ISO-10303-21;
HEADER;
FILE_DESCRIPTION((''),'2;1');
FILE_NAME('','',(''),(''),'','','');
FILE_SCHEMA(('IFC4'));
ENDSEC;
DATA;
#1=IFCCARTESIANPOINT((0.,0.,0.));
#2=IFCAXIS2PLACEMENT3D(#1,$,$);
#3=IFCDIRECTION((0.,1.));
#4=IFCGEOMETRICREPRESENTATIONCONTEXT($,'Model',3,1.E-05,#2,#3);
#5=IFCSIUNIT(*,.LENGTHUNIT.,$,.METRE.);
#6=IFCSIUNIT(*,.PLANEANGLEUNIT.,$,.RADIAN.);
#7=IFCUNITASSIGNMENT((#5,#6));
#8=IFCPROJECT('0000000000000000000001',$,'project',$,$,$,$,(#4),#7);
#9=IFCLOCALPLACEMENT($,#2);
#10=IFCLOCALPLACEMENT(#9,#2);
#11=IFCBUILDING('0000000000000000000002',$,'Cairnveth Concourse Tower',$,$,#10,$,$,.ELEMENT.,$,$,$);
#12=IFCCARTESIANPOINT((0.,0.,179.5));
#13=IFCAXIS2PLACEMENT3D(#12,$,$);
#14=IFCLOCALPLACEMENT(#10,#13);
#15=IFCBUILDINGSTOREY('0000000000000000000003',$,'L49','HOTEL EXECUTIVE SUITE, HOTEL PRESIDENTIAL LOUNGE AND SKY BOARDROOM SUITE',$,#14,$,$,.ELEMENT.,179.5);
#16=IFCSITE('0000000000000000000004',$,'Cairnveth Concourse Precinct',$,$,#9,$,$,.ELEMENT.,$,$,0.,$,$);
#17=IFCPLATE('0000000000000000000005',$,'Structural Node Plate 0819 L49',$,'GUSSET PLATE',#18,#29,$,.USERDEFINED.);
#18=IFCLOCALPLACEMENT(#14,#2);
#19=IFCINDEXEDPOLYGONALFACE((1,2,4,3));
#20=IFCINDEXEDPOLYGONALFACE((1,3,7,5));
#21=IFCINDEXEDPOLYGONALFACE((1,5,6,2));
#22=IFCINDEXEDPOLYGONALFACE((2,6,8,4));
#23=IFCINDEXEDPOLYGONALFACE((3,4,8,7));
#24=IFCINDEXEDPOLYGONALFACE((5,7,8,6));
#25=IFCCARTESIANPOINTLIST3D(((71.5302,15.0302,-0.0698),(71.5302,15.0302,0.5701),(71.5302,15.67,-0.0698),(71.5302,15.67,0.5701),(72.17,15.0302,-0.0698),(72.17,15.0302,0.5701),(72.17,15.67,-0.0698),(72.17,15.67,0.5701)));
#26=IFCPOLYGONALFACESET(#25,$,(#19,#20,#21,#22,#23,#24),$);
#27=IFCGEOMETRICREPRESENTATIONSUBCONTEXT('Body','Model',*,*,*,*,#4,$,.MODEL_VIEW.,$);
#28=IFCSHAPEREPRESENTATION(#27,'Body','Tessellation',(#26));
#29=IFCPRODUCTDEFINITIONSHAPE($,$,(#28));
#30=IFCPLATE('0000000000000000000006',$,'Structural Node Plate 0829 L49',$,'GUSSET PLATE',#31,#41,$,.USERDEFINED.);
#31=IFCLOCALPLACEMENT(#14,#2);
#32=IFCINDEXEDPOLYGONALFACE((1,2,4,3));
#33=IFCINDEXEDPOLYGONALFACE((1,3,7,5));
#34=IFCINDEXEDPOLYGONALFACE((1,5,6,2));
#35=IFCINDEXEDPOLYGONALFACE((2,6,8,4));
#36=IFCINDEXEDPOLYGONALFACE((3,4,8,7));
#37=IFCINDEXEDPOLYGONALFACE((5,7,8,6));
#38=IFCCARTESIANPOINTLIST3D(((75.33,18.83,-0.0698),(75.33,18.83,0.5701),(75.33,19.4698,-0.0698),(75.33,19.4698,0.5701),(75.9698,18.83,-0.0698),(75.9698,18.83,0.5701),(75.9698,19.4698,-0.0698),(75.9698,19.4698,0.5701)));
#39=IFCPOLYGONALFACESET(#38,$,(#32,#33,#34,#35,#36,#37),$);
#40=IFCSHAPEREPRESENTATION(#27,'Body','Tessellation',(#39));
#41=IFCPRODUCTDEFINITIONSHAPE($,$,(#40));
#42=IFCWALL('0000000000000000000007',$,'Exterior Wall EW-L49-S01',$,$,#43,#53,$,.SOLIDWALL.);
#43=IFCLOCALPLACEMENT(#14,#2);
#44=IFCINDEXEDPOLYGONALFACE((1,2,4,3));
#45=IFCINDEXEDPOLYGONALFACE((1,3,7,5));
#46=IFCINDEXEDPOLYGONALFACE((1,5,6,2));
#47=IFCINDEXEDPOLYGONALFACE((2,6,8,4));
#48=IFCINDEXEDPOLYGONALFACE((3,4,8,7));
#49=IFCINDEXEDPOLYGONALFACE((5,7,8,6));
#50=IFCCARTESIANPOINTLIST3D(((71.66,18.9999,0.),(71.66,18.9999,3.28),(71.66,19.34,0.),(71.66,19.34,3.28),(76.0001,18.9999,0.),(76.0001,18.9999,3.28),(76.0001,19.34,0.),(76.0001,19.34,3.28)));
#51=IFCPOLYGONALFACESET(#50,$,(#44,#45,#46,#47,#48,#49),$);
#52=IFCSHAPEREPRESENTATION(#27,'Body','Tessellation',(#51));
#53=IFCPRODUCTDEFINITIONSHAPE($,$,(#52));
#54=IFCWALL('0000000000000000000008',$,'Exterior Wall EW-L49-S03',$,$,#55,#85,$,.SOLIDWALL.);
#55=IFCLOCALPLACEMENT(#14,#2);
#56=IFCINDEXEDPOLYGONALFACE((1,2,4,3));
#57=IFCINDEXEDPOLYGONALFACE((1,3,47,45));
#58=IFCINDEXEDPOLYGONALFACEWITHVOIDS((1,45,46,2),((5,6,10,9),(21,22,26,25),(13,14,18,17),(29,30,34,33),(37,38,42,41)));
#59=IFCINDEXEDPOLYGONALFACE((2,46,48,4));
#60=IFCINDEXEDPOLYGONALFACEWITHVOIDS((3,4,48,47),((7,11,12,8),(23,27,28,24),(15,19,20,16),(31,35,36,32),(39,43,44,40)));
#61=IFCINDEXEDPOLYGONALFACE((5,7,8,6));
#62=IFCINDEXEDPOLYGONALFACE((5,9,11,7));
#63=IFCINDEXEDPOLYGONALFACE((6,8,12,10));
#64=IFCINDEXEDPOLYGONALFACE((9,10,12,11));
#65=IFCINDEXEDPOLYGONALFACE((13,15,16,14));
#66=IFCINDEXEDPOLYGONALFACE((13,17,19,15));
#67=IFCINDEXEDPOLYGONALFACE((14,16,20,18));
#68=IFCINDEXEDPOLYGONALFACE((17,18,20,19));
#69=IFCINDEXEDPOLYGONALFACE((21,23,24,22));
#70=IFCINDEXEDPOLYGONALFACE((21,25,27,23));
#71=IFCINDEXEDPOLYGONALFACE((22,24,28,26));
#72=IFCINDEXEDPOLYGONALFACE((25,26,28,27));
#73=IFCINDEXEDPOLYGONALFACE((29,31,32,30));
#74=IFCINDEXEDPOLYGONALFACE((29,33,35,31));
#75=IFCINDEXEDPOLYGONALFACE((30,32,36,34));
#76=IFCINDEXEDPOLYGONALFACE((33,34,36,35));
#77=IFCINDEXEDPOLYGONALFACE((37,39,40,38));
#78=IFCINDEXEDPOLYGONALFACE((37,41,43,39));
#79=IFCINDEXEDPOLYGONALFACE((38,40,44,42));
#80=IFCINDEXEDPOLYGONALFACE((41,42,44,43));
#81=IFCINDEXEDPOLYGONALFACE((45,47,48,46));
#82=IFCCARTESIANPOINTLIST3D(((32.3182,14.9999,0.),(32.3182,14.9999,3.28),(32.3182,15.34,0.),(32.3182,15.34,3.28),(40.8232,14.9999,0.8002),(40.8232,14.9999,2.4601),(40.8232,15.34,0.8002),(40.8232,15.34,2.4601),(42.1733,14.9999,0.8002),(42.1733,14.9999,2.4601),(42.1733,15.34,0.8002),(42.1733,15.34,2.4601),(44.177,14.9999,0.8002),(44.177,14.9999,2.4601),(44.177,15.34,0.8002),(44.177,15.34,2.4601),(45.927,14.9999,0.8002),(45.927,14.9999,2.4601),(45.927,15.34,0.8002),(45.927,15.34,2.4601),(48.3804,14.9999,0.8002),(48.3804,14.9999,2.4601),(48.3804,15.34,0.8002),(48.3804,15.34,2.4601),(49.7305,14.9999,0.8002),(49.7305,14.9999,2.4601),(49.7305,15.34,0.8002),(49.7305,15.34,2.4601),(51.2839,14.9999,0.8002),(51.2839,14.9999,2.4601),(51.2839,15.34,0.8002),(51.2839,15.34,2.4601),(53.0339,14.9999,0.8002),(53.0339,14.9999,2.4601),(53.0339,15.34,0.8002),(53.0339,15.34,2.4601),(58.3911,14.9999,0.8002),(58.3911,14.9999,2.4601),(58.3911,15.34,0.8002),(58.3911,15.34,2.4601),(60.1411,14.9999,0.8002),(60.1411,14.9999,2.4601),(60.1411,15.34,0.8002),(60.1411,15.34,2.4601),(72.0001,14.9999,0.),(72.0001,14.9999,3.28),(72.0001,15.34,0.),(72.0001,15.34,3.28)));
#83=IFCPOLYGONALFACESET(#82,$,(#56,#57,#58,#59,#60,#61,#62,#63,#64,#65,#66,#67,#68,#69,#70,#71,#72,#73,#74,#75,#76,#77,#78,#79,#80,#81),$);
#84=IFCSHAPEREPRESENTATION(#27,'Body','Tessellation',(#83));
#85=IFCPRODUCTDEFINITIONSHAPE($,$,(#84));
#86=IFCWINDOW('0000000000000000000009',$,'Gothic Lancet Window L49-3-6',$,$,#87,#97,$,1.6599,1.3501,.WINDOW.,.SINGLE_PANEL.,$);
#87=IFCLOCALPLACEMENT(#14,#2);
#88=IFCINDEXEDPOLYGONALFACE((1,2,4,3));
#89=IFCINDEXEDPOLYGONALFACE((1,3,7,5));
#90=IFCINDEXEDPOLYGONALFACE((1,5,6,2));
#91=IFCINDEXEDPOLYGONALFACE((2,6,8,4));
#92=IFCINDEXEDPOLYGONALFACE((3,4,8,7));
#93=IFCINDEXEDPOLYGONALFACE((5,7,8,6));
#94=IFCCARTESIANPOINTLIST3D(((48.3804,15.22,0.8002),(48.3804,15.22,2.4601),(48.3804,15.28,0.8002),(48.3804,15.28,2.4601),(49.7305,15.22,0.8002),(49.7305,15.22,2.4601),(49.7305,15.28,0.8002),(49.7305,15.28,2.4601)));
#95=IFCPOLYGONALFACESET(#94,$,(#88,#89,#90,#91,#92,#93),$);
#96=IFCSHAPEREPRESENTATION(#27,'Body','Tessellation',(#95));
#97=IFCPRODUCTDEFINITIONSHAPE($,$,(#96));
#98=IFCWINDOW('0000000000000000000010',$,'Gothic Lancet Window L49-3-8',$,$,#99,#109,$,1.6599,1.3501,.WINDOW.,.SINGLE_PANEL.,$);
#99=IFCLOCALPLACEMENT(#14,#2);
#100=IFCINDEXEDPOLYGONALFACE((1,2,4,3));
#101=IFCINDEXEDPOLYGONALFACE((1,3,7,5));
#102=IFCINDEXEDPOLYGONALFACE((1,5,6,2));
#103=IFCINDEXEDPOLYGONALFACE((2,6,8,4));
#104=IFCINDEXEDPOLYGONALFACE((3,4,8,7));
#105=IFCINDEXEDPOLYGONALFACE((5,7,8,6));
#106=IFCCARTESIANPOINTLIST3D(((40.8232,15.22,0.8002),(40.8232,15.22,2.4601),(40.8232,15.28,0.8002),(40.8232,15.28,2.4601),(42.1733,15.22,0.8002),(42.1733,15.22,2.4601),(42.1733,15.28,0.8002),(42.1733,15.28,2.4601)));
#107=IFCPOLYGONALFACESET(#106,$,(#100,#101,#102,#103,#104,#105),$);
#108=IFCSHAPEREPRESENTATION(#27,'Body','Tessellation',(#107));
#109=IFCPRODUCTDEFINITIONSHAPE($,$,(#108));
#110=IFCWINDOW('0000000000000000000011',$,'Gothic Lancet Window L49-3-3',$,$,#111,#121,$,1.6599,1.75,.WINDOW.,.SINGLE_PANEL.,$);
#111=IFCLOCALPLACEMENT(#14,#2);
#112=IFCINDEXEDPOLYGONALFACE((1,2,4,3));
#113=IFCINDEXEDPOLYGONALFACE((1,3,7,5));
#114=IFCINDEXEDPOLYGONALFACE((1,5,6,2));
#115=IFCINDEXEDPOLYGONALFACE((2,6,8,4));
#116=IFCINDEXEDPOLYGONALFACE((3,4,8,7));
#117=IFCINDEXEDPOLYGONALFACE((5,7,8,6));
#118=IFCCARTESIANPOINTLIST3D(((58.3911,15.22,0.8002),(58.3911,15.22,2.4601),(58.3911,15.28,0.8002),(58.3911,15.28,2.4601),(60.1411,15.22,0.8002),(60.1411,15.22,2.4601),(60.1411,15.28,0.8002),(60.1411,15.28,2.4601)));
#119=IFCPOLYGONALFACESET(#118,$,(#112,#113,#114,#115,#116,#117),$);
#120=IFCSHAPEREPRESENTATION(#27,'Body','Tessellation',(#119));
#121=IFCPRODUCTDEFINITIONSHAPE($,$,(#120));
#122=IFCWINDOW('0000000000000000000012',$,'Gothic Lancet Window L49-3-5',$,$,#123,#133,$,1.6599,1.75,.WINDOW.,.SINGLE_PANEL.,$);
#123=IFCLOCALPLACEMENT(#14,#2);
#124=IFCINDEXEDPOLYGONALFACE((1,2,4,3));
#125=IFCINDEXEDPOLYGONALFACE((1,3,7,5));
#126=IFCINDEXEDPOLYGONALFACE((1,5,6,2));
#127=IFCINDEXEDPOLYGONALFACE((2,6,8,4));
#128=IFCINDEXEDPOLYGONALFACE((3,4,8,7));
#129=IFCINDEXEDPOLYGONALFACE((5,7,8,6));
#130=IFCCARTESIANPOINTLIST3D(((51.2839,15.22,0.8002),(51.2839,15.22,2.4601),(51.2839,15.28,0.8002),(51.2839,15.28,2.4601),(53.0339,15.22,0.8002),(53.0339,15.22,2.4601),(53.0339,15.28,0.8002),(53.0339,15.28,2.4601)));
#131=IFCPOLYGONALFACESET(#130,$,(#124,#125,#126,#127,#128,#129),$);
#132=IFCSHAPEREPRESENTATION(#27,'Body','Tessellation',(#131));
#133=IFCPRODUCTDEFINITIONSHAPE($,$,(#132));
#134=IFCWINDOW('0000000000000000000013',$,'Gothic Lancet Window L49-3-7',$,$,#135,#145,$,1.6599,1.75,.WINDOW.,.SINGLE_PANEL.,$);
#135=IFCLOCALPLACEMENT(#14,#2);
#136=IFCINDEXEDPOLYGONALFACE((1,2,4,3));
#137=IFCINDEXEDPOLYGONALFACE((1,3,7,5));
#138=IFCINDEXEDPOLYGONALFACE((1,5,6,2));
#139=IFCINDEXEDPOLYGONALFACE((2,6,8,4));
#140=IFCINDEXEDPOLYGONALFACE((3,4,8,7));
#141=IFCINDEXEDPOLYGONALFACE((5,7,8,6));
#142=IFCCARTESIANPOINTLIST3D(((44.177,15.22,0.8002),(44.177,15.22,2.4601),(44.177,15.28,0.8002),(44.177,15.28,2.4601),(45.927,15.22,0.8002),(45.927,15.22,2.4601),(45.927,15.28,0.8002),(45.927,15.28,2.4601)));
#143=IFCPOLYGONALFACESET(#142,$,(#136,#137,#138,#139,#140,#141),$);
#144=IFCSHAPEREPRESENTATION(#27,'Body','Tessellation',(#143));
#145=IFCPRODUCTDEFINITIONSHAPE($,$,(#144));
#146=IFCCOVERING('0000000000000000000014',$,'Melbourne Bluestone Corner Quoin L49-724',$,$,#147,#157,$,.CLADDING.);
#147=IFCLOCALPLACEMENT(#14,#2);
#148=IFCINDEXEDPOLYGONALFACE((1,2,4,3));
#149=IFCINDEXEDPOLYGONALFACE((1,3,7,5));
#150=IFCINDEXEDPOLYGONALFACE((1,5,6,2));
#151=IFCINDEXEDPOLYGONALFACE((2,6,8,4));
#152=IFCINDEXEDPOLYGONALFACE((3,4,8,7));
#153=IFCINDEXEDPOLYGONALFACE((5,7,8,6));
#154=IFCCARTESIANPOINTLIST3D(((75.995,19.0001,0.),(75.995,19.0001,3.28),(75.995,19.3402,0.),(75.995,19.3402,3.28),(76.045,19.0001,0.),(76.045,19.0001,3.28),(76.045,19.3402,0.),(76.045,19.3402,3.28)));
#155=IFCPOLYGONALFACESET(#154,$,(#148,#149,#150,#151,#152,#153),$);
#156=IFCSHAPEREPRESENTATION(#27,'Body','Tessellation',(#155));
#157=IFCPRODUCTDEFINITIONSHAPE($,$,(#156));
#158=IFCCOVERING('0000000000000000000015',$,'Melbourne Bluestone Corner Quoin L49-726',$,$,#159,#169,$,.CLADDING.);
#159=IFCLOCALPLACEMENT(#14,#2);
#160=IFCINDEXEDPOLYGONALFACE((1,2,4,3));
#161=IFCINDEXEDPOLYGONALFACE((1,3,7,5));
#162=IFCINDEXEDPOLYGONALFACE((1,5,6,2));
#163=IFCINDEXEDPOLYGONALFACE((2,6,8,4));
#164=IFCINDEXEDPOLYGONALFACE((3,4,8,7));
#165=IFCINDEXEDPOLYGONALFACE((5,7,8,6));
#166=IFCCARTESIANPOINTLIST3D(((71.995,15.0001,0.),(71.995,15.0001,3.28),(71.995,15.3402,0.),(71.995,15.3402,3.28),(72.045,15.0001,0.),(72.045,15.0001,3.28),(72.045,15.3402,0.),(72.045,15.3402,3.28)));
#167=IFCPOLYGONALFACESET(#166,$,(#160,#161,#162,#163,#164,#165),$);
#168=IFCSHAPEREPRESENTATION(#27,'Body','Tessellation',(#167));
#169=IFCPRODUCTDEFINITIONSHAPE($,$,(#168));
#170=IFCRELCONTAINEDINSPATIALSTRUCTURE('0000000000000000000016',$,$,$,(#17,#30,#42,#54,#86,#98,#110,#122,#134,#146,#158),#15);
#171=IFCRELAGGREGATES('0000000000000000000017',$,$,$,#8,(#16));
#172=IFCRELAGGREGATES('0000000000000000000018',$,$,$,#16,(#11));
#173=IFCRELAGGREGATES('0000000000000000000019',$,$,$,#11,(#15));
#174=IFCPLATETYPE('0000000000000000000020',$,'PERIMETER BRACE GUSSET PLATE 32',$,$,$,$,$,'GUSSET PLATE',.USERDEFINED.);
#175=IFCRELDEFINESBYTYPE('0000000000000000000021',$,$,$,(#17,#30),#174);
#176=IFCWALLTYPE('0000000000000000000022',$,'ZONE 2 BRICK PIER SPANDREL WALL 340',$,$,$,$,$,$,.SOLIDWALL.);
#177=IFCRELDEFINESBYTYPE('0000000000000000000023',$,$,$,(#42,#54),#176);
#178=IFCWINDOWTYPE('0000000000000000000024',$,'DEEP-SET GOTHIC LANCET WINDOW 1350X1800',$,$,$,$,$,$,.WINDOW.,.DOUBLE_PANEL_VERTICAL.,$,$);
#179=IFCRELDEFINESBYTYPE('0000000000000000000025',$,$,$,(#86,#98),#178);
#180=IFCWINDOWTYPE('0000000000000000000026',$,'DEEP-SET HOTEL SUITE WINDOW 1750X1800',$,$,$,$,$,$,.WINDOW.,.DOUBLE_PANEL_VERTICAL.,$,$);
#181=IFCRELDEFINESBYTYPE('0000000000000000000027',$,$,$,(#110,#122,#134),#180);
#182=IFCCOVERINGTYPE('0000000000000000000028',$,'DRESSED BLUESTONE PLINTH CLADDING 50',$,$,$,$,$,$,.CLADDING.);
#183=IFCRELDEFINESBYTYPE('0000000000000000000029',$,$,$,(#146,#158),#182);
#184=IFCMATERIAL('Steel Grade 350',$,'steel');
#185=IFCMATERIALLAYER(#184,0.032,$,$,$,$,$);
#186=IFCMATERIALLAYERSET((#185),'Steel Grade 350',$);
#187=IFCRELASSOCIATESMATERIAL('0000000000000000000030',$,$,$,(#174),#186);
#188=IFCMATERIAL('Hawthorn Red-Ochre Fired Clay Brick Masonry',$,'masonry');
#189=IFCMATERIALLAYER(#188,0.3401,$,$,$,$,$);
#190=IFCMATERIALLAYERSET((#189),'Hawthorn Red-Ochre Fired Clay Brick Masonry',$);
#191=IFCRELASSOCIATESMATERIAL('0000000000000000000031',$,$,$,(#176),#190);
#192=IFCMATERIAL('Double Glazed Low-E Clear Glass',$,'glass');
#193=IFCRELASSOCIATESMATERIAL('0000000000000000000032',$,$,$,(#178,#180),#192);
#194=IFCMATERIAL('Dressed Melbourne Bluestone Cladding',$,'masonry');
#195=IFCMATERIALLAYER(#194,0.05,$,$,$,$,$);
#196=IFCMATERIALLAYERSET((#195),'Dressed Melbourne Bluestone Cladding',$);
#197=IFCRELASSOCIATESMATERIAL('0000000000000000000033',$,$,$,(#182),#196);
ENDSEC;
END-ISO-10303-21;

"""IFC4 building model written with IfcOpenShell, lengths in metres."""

from ifc_helpers import new_model, si_unit, direction, frame, frame_2d, origin, origin_2d, place, context, subcontext, project, spatial, rectangle, extrude, material, layer, layer_set, type_object, element, fill, save


model = new_model("IFC4")

# Units and contexts
model_context = context("Model", 3, precision=1e-05, world=origin(), true_north=direction((0.0, 1.0)))
body_context = subcontext(model_context, "Body", "Model", "MODEL_VIEW")
ifc_project = project(units=[si_unit("LENGTHUNIT", "METRE"), si_unit("PLANEANGLEUNIT", "RADIAN")], contexts=[model_context])

# Site, building, storey
site_placement = place(None, origin())
site = spatial("IfcSite", under=ifc_project, at=site_placement, Name="Cairnveth Concourse Precinct", CompositionType="ELEMENT", RefElevation=0.0)
building_placement = place(site_placement, origin())
building = spatial("IfcBuilding", under=site, at=building_placement, Name="Cairnveth Concourse Tower", CompositionType="ELEMENT")
storey_placement = place(building_placement, frame((0.0, 0.0, 179.5)))
storey = spatial("IfcBuildingStorey", under=building, at=storey_placement, Name="L49", Description="HOTEL EXECUTIVE SUITE, HOTEL PRESIDENTIAL LOUNGE AND SKY BOARDROOM SUITE", CompositionType="ELEMENT", Elevation=179.5)

# Shared definitions
ifc_material_1 = material(Name="Steel Grade 350", Category="steel")

# Plates
ifc_layer_1 = layer(ifc_material_1, 0.032)
ifc_layer_set_1 = layer_set([ifc_layer_1], Name="Steel Grade 350")
plate_type = type_object("IfcPlateType", Name="PERIMETER BRACE GUSSET PLATE 32", ElementType="GUSSET PLATE", PredefinedType="USERDEFINED", material=ifc_layer_set_1)
for number, where, z_axis, x_axis, name in (
    (1, (71.8501, 15.3501, -0.0698), (0.0, 0.0, 1.0), (1.0, 0.0, 0.0), "Structural Node Plate 0819 L49"),
    (2, (75.6499, 19.1499, -0.0698), (0.0, 0.0, 1.0), (1.0, 0.0, 0.0), "Structural Node Plate 0829 L49"),
):
    element("IfcPlate", number, at=place(storey_placement, frame(where, z_axis=z_axis, x_axis=x_axis)), inside=storey, type_object=plate_type, Name=name, ObjectType="GUSSET PLATE", PredefinedType="USERDEFINED", context=body_context, shape_type="SweptSolid", body=[
        extrude(rectangle(XDim=0.6399, YDim=0.6399, at=origin_2d()), origin(), (0.0, 0.0, 1.0), 0.6399),
    ])

# Wall
ifc_material_2 = material(Name="Hawthorn Red-Ochre Fired Clay Brick Masonry", Category="masonry")
ifc_layer_2 = layer(ifc_material_2, 0.3401)
ifc_layer_set_2 = layer_set([ifc_layer_2], Name="Hawthorn Red-Ochre Fired Clay Brick Masonry")
wall_type = type_object("IfcWallType", Name="ZONE 2 BRICK PIER SPANDREL WALL 340", PredefinedType="SOLIDWALL", material=ifc_layer_set_2)
wall_1_placement = place(storey_placement, frame((76.0, 19.1699, 0.0), z_axis=(0.0, 0.0, 1.0), x_axis=(-1.0, 0.0, 0.0)))
element("IfcWall", 3, at=wall_1_placement, inside=storey, type_object=wall_type, Name="Exterior Wall EW-L49-S01", PredefinedType="SOLIDWALL", context=body_context, shape_type="SweptSolid", body=[
    extrude(rectangle(XDim=4.3401, YDim=0.3401, at=frame_2d((2.1699, 0.0))), origin(), (0.0, 0.0, 1.0), 3.28),
])

# Wall, openings, windows
wall_2_placement = place(storey_placement, frame((72.0, 15.1699, 0.0), z_axis=(0.0, 0.0, 1.0), x_axis=(-1.0, 0.0, 0.0)))
wall_2 = element("IfcWall", 4, at=wall_2_placement, inside=storey, type_object=wall_type, Name="Exterior Wall EW-L49-S03", PredefinedType="SOLIDWALL", context=body_context, shape_type="SweptSolid", body=[
    extrude(rectangle(XDim=39.6819, YDim=0.3401, at=frame_2d((19.8408, 0.0))), origin(), (0.0, 0.0, 1.0), 3.28),
])
opening_1_placement = place(wall_2_placement, frame((11.8589, 0.0, 0.8)))
opening_1 = element("IfcOpeningElement", 5, at=opening_1_placement, cuts=wall_2, PredefinedType="OPENING", context=body_context, shape_type="SweptSolid", body=[
    extrude(rectangle(XDim=1.75, YDim=1.6599, at=frame_2d((0.875, 0.8301))), frame((0.0, 0.1799, 0.0), z_axis=(0.0, -1.0, 0.0), x_axis=(1.0, 0.0, 0.0)), (0.0, 0.0, 1.0), 0.3601),
])
opening_2_placement = place(wall_2_placement, frame((18.9661, 0.0, 0.8)))
opening_2 = element("IfcOpeningElement", 6, at=opening_2_placement, cuts=wall_2, PredefinedType="OPENING", context=body_context, shape_type="SweptSolid", body=[
    extrude(rectangle(XDim=1.75, YDim=1.6599, at=frame_2d((0.875, 0.8301))), frame((0.0, 0.1799, 0.0), z_axis=(0.0, -1.0, 0.0), x_axis=(1.0, 0.0, 0.0)), (0.0, 0.0, 1.0), 0.3601),
])
opening_3_placement = place(wall_2_placement, frame((22.2695, 0.0, 0.8)))
opening_3 = element("IfcOpeningElement", 7, at=opening_3_placement, cuts=wall_2, PredefinedType="OPENING", context=body_context, shape_type="SweptSolid", body=[
    extrude(rectangle(XDim=1.3501, YDim=1.6599, at=frame_2d((0.675, 0.8301))), frame((0.0, 0.1799, 0.0), z_axis=(0.0, -1.0, 0.0), x_axis=(1.0, 0.0, 0.0)), (0.0, 0.0, 1.0), 0.3601),
])
opening_4_placement = place(wall_2_placement, frame((26.073, 0.0, 0.8)))
opening_4 = element("IfcOpeningElement", 8, at=opening_4_placement, cuts=wall_2, PredefinedType="OPENING", context=body_context, shape_type="SweptSolid", body=[
    extrude(rectangle(XDim=1.75, YDim=1.6599, at=frame_2d((0.875, 0.8301))), frame((0.0, 0.1799, 0.0), z_axis=(0.0, -1.0, 0.0), x_axis=(1.0, 0.0, 0.0)), (0.0, 0.0, 1.0), 0.3601),
])
opening_5_placement = place(wall_2_placement, frame((29.8267, 0.0, 0.8)))
opening_5 = element("IfcOpeningElement", 9, at=opening_5_placement, cuts=wall_2, PredefinedType="OPENING", context=body_context, shape_type="SweptSolid", body=[
    extrude(rectangle(XDim=1.3501, YDim=1.6599, at=frame_2d((0.675, 0.8301))), frame((0.0, 0.1799, 0.0), z_axis=(0.0, -1.0, 0.0), x_axis=(1.0, 0.0, 0.0)), (0.0, 0.0, 1.0), 0.3601),
])
ifc_material_3 = material(Name="Double Glazed Low-E Clear Glass", Category="glass")
window_type_1 = type_object("IfcWindowType", Name="DEEP-SET GOTHIC LANCET WINDOW 1350X1800", PartitioningType="DOUBLE_PANEL_VERTICAL", PredefinedType="WINDOW", material=ifc_material_3)
window_1_placement = place(opening_3_placement, origin())
window_1 = element("IfcWindow", 10, at=window_1_placement, inside=storey, type_object=window_type_1, Name="Gothic Lancet Window L49-3-6", OverallHeight=1.6599, OverallWidth=1.3501, PartitioningType="SINGLE_PANEL", PredefinedType="WINDOW", context=body_context, shape_type="SweptSolid", body=[
    extrude(rectangle(XDim=1.3501, YDim=1.6599, at=frame_2d((0.675, 0.8301))), frame((0.0, -0.05, 0.0), z_axis=(0.0, -1.0, 0.0), x_axis=(1.0, 0.0, 0.0)), (0.0, 0.0, 1.0), 0.0601),
])
fill(opening_3, window_1)
window_2_placement = place(opening_5_placement, origin())
window_2 = element("IfcWindow", 11, at=window_2_placement, inside=storey, type_object=window_type_1, Name="Gothic Lancet Window L49-3-8", OverallHeight=1.6599, OverallWidth=1.3501, PartitioningType="SINGLE_PANEL", PredefinedType="WINDOW", context=body_context, shape_type="SweptSolid", body=[
    extrude(rectangle(XDim=1.3501, YDim=1.6599, at=frame_2d((0.675, 0.8301))), frame((0.0, -0.05, 0.0), z_axis=(0.0, -1.0, 0.0), x_axis=(1.0, 0.0, 0.0)), (0.0, 0.0, 1.0), 0.0601),
])
fill(opening_5, window_2)
window_type_2 = type_object("IfcWindowType", Name="DEEP-SET HOTEL SUITE WINDOW 1750X1800", PartitioningType="DOUBLE_PANEL_VERTICAL", PredefinedType="WINDOW", material=ifc_material_3)
window_3_placement = place(opening_1_placement, origin())
window_3 = element("IfcWindow", 12, at=window_3_placement, inside=storey, type_object=window_type_2, Name="Gothic Lancet Window L49-3-3", OverallHeight=1.6599, OverallWidth=1.75, PartitioningType="SINGLE_PANEL", PredefinedType="WINDOW", context=body_context, shape_type="SweptSolid", body=[
    extrude(rectangle(XDim=1.75, YDim=1.6599, at=frame_2d((0.875, 0.8301))), frame((0.0, -0.05, 0.0), z_axis=(0.0, -1.0, 0.0), x_axis=(1.0, 0.0, 0.0)), (0.0, 0.0, 1.0), 0.0601),
])
fill(opening_1, window_3)
window_4_placement = place(opening_2_placement, origin())
window_4 = element("IfcWindow", 13, at=window_4_placement, inside=storey, type_object=window_type_2, Name="Gothic Lancet Window L49-3-5", OverallHeight=1.6599, OverallWidth=1.75, PartitioningType="SINGLE_PANEL", PredefinedType="WINDOW", context=body_context, shape_type="SweptSolid", body=[
    extrude(rectangle(XDim=1.75, YDim=1.6599, at=frame_2d((0.875, 0.8301))), frame((0.0, -0.05, 0.0), z_axis=(0.0, -1.0, 0.0), x_axis=(1.0, 0.0, 0.0)), (0.0, 0.0, 1.0), 0.0601),
])
fill(opening_2, window_4)
window_5_placement = place(opening_4_placement, origin())
window_5 = element("IfcWindow", 14, at=window_5_placement, inside=storey, type_object=window_type_2, Name="Gothic Lancet Window L49-3-7", OverallHeight=1.6599, OverallWidth=1.75, PartitioningType="SINGLE_PANEL", PredefinedType="WINDOW", context=body_context, shape_type="SweptSolid", body=[
    extrude(rectangle(XDim=1.75, YDim=1.6599, at=frame_2d((0.875, 0.8301))), frame((0.0, -0.05, 0.0), z_axis=(0.0, -1.0, 0.0), x_axis=(1.0, 0.0, 0.0)), (0.0, 0.0, 1.0), 0.0601),
])
fill(opening_4, window_5)

# Coverings
ifc_material_4 = material(Name="Dressed Melbourne Bluestone Cladding", Category="masonry")
ifc_layer_3 = layer(ifc_material_4, 0.05)
ifc_layer_set_3 = layer_set([ifc_layer_3], Name="Dressed Melbourne Bluestone Cladding")
covering_type = type_object("IfcCoveringType", Name="DRESSED BLUESTONE PLINTH CLADDING 50", PredefinedType="CLADDING", material=ifc_layer_set_3)
for number, where, z_axis, x_axis, name in (
    (15, (76.02, 19.3401, 0.0), (0.0, 0.0, 1.0), (0.0, -1.0, 0.0), "Melbourne Bluestone Corner Quoin L49-724"),
    (16, (72.02, 15.3401, 0.0), (0.0, 0.0, 1.0), (0.0, -1.0, 0.0), "Melbourne Bluestone Corner Quoin L49-726"),
):
    element("IfcCovering", number, at=place(storey_placement, frame(where, z_axis=z_axis, x_axis=x_axis)), inside=storey, type_object=covering_type, Name=name, PredefinedType="CLADDING", context=body_context, shape_type="SweptSolid", body=[
        extrude(rectangle(XDim=0.3401, YDim=0.05, at=frame_2d((0.1699, 0.0))), origin(), (0.0, 0.0, 1.0), 3.28),
    ])

save(model, "model.ifc")
